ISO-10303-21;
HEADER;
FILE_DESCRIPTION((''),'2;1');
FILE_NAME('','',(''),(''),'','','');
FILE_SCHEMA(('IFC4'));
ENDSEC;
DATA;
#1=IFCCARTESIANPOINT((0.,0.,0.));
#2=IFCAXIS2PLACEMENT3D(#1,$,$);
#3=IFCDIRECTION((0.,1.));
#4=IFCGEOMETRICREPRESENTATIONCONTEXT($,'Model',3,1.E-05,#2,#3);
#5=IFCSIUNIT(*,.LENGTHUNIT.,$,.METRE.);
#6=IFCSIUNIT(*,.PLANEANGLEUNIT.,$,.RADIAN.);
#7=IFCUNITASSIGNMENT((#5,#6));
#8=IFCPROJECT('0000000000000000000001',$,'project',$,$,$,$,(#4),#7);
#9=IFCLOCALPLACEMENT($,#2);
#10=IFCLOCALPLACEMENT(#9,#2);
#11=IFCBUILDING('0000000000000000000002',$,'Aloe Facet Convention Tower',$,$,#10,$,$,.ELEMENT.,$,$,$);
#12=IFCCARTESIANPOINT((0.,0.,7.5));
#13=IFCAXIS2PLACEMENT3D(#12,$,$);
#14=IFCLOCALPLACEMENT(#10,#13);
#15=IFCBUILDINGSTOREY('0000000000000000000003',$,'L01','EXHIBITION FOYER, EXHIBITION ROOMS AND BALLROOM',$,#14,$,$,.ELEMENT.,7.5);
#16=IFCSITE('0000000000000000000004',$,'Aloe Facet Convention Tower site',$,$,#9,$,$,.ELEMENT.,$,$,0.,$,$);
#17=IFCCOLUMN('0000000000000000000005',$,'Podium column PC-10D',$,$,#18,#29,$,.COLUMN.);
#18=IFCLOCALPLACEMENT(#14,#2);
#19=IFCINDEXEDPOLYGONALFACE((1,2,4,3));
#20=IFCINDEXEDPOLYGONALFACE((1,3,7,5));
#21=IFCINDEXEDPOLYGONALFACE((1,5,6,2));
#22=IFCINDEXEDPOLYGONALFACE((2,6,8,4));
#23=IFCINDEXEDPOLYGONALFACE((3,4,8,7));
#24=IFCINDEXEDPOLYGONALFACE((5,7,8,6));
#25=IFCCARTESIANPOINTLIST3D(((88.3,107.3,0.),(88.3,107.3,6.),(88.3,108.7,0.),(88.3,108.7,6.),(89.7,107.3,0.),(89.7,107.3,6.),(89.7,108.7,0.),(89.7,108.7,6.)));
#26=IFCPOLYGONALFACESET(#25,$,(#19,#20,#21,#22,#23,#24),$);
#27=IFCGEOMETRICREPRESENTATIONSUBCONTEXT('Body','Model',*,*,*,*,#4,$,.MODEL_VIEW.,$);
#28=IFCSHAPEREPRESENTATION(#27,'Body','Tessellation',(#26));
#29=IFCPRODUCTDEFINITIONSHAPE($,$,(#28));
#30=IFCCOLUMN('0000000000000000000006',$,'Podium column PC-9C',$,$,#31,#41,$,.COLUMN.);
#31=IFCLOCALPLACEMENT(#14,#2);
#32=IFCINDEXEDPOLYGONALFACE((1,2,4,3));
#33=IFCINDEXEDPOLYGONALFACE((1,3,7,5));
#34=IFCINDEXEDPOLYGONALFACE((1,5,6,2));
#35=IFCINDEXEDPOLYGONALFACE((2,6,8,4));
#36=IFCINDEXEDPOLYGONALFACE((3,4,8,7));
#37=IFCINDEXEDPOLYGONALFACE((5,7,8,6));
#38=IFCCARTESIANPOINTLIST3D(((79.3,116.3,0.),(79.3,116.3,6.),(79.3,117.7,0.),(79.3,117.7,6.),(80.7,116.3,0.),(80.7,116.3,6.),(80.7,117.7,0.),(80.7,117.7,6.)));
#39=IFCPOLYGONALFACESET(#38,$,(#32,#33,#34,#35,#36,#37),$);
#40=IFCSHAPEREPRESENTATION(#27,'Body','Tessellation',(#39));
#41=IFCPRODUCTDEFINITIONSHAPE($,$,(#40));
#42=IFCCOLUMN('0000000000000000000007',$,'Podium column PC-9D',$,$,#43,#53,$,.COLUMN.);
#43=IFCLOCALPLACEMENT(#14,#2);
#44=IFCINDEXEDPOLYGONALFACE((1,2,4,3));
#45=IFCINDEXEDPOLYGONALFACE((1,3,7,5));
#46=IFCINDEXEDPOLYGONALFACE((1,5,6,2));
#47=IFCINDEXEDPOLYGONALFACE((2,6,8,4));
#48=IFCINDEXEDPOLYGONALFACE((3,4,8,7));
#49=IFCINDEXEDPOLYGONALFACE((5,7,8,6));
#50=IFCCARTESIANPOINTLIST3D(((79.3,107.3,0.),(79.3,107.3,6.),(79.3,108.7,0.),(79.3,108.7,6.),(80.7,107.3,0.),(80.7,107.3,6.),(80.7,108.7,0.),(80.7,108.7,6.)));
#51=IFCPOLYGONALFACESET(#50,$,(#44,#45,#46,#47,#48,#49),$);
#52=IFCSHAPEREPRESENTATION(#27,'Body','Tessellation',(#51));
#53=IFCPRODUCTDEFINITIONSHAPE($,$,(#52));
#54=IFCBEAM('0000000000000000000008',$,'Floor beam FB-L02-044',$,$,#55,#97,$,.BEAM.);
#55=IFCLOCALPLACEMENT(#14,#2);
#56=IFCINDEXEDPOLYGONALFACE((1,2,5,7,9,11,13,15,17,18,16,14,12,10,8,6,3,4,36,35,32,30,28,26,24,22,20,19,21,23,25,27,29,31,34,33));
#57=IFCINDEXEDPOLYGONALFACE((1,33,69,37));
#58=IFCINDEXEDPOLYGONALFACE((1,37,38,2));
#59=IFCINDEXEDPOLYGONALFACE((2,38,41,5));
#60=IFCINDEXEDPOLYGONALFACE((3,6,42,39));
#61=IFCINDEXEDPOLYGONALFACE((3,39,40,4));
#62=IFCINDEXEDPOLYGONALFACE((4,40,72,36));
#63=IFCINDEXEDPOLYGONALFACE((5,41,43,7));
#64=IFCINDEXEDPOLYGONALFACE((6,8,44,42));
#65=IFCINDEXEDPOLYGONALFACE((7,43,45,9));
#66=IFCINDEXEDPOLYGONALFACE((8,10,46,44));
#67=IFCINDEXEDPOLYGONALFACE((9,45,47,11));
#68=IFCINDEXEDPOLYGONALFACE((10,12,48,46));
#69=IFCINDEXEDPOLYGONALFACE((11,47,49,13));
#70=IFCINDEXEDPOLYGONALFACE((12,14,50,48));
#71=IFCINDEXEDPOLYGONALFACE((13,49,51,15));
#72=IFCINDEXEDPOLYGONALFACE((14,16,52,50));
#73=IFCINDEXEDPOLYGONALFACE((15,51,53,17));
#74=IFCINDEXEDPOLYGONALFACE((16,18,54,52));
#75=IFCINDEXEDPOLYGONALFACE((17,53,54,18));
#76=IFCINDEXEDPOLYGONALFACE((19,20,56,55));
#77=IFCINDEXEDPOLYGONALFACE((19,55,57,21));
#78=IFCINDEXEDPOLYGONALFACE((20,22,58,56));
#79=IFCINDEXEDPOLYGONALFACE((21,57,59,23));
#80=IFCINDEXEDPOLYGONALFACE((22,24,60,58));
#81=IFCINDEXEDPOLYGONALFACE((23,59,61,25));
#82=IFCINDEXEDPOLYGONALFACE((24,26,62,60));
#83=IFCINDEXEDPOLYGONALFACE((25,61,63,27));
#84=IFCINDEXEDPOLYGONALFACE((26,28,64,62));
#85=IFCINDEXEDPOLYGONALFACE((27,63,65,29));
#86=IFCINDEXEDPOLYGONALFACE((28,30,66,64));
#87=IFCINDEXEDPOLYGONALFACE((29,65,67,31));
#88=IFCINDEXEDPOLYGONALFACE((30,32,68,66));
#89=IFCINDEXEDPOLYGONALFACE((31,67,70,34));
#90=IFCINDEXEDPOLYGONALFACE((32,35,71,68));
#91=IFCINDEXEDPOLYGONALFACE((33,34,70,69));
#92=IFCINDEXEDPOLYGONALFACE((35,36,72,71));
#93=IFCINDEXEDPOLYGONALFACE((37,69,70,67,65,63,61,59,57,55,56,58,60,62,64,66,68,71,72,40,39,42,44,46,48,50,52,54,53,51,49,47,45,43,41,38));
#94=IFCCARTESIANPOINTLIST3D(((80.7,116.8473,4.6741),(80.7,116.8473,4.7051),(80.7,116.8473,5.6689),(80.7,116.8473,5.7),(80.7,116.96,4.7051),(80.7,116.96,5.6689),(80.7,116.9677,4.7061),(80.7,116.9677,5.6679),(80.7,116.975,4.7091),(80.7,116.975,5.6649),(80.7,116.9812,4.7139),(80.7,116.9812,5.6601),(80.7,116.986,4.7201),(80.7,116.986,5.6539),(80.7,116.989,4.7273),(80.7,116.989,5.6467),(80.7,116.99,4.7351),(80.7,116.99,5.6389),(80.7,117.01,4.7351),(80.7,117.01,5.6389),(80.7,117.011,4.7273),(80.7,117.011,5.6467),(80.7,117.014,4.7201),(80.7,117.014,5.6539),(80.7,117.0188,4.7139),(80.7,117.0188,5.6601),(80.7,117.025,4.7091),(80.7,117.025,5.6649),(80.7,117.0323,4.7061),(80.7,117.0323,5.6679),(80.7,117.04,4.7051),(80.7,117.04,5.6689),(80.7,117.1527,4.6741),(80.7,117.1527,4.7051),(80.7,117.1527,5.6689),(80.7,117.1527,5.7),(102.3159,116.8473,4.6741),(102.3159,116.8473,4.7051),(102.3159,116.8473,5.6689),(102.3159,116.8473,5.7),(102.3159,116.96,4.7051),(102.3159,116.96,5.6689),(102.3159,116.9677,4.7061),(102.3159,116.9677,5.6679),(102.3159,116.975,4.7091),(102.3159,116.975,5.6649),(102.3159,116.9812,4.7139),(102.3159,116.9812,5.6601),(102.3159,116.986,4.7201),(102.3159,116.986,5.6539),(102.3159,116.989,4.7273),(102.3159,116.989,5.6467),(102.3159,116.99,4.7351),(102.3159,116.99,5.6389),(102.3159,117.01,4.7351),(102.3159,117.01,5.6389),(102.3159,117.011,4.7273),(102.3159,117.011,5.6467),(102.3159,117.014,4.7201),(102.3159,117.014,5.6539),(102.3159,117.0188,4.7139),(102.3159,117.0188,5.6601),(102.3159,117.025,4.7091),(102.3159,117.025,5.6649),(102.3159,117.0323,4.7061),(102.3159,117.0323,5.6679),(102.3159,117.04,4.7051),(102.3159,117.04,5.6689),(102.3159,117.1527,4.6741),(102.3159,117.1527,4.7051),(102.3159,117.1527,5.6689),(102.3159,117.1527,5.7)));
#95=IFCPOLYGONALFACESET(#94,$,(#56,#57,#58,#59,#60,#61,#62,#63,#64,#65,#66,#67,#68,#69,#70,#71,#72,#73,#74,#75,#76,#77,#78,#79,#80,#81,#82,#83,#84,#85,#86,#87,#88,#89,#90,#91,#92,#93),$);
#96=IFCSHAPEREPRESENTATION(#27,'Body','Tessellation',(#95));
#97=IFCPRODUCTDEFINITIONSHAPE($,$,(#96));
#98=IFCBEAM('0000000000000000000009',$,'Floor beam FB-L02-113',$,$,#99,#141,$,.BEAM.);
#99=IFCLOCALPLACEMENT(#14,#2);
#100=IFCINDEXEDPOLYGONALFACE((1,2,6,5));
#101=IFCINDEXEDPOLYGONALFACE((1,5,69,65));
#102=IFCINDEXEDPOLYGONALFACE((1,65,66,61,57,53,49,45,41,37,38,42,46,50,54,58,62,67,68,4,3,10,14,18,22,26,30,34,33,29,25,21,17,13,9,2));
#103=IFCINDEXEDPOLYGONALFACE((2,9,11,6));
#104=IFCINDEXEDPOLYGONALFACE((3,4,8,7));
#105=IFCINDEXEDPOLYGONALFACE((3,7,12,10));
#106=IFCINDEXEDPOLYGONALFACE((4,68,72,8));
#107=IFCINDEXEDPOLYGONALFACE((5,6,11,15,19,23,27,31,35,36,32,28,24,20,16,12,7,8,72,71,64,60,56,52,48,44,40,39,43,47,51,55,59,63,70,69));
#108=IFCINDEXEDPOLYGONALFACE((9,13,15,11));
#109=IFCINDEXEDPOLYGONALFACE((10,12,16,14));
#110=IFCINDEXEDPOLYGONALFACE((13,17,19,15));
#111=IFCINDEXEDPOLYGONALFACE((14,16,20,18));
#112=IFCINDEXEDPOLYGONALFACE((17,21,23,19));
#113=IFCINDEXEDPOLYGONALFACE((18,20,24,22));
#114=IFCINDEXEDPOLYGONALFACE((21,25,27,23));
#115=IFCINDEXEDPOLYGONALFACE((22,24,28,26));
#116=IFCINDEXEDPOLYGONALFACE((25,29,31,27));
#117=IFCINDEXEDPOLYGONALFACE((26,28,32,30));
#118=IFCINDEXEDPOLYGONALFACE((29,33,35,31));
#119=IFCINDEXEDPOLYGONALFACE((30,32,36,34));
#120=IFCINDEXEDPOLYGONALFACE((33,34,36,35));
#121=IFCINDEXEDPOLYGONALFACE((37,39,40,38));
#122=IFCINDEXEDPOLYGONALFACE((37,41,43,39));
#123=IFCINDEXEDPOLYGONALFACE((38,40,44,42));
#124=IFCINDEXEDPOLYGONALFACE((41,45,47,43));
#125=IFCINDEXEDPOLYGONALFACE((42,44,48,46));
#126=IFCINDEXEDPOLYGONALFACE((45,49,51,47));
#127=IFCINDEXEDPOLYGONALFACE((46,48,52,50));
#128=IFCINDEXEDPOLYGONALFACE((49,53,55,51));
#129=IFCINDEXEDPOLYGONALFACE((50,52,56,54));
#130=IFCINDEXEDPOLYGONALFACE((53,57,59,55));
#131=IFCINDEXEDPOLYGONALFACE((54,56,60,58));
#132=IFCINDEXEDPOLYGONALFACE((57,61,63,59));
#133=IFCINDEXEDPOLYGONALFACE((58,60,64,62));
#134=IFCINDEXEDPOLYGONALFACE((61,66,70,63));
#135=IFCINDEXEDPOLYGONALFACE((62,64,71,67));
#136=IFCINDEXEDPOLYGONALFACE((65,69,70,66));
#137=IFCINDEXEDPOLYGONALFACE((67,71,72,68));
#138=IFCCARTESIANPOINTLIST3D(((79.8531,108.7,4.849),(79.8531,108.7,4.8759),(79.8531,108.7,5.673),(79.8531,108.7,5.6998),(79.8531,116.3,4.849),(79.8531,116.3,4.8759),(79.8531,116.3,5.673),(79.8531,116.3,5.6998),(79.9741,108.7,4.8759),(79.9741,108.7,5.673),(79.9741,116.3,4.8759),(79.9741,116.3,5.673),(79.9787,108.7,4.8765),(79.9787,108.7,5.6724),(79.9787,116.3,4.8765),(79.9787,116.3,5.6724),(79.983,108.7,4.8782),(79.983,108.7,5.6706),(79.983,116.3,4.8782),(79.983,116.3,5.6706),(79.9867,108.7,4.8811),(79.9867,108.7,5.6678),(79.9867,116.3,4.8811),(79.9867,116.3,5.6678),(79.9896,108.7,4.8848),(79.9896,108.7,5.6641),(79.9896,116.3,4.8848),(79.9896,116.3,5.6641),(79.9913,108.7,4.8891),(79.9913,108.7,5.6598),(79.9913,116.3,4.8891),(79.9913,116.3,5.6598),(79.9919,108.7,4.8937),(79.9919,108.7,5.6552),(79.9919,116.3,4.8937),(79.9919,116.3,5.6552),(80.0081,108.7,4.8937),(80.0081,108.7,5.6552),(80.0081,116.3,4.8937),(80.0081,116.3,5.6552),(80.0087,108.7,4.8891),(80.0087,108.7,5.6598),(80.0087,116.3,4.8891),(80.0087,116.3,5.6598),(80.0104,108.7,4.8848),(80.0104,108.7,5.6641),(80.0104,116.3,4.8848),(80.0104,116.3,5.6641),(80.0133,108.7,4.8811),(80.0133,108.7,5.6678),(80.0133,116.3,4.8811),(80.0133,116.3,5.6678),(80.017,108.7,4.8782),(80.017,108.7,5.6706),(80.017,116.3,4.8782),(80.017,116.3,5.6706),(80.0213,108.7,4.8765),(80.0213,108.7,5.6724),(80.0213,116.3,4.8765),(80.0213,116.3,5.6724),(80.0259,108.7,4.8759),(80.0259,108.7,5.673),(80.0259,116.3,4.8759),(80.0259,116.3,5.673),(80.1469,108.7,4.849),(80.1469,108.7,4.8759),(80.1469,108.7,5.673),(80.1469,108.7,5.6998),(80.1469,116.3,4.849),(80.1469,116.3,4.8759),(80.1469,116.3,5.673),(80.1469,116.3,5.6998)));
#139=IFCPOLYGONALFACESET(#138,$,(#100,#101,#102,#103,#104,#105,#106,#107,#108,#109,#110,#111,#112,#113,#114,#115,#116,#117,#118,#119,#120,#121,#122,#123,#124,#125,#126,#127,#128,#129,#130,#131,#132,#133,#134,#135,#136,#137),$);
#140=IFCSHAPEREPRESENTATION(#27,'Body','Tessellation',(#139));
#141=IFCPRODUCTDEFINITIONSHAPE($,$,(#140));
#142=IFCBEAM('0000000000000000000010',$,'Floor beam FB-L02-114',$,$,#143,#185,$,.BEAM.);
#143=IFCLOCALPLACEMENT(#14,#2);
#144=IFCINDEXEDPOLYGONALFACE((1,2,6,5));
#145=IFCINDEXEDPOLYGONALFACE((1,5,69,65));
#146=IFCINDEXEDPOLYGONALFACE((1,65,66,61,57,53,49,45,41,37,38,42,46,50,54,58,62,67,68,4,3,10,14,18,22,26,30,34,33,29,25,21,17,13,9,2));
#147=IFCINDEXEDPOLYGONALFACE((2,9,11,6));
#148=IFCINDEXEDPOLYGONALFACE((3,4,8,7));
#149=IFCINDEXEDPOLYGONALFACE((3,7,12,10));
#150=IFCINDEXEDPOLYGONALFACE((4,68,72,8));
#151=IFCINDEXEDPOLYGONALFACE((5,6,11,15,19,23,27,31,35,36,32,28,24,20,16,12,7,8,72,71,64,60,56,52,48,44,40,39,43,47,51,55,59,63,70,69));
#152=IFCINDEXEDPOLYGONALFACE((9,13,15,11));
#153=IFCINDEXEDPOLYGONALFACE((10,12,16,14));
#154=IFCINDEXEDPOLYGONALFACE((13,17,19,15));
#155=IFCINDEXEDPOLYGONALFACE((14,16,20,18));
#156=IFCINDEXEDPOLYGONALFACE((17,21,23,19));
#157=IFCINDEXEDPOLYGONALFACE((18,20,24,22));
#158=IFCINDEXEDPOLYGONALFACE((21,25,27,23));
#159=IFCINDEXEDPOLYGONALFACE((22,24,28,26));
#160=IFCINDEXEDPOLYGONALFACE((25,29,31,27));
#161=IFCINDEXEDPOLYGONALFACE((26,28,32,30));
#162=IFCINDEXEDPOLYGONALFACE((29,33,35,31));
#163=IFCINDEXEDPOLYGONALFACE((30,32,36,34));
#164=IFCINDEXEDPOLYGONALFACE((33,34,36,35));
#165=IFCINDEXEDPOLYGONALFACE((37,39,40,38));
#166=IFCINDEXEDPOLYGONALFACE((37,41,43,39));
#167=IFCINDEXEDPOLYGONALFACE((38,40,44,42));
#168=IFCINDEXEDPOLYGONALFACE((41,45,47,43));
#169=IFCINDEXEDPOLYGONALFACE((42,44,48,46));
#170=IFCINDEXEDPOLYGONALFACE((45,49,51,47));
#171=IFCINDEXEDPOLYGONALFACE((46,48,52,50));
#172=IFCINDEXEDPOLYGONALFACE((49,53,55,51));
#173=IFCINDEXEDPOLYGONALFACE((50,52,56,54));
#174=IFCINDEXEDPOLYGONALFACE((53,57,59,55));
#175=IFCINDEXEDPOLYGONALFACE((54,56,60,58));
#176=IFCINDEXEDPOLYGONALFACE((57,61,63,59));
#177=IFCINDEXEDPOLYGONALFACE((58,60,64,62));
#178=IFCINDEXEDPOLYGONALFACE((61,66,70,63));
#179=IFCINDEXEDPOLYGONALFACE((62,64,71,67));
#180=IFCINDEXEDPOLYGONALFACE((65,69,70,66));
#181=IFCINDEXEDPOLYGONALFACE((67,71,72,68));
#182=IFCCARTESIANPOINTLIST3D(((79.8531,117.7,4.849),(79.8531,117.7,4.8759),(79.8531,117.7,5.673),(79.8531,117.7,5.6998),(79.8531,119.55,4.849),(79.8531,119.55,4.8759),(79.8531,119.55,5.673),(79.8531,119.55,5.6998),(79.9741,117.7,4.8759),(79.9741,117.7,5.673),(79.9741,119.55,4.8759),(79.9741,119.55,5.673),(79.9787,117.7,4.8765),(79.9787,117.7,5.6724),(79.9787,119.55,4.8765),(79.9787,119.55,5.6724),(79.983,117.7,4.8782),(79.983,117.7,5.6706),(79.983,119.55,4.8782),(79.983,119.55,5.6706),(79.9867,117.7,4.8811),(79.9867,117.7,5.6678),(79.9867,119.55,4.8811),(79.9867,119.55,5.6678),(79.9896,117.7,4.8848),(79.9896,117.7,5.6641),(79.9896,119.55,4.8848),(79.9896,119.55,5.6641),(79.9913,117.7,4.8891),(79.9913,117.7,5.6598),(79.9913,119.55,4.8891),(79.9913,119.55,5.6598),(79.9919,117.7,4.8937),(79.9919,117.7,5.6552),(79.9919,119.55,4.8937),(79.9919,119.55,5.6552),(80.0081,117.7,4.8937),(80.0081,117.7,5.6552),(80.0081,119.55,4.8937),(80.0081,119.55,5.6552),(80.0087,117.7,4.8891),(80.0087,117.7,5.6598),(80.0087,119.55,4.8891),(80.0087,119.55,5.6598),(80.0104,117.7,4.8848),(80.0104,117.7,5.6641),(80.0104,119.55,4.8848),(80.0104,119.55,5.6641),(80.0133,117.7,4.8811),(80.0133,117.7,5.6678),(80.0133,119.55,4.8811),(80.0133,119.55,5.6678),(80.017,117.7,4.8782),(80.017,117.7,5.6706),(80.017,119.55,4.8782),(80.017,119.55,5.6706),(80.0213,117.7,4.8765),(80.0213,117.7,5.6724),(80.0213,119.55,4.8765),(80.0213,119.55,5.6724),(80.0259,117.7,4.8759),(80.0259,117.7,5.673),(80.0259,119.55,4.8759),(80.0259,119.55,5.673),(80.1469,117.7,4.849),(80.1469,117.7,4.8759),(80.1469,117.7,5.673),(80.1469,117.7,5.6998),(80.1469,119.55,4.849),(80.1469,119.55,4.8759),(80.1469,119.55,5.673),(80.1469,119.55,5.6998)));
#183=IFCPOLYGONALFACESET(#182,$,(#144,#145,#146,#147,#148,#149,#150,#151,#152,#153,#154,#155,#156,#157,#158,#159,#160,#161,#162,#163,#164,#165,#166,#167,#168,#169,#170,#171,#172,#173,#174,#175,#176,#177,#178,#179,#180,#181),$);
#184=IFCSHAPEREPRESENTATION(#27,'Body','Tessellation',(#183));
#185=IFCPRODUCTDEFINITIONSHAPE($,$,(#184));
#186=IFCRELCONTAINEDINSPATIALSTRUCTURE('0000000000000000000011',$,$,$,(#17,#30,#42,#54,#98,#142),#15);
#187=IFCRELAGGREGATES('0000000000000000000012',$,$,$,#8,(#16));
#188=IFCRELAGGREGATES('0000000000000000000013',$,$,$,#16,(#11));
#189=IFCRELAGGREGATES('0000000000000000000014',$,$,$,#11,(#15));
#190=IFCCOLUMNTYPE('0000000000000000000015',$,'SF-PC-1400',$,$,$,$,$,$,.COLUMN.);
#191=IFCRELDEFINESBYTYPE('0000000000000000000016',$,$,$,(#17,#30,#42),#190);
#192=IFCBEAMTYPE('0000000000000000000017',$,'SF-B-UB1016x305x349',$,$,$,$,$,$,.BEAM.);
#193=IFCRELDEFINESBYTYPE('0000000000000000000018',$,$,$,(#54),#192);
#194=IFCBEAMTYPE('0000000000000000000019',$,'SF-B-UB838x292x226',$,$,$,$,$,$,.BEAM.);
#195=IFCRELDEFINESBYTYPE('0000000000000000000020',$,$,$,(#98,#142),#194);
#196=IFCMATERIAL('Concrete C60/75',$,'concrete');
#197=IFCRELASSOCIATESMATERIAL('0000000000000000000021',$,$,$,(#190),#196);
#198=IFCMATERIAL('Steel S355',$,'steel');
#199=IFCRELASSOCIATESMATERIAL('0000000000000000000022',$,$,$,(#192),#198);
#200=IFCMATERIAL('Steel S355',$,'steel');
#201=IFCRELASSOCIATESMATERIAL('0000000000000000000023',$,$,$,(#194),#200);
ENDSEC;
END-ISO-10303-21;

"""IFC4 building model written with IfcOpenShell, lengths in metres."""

from ifc_helpers import new_model, si_unit, direction, frame, origin, origin_2d, place, context, subcontext, project, spatial, rectangle, i_section, extrude, material, material_profile, profile_set, type_object, element, save


model = new_model("IFC4")

# Units and contexts
model_context = context("Model", 3, precision=1e-05, world=origin(), true_north=direction((0.0, 1.0)))
body_context = subcontext(model_context, "Body", "Model", "MODEL_VIEW")
ifc_project = project(units=[si_unit("LENGTHUNIT", "METRE"), si_unit("PLANEANGLEUNIT", "RADIAN")], contexts=[model_context])

# Site, building, storey
site_placement = place(None, origin())
site = spatial("IfcSite", under=ifc_project, at=site_placement, Name="Aloe Facet Convention Tower site", CompositionType="ELEMENT", RefElevation=0.0)
building_placement = place(site_placement, origin())
building = spatial("IfcBuilding", under=site, at=building_placement, Name="Aloe Facet Convention Tower", CompositionType="ELEMENT")
storey_placement = place(building_placement, frame((0.0, 0.0, 7.5)))
storey = spatial("IfcBuildingStorey", under=building, at=storey_placement, Name="L01", Description="EXHIBITION FOYER, EXHIBITION ROOMS AND BALLROOM", CompositionType="ELEMENT", Elevation=7.5)

# Columns
ifc_material_1 = material(Name="Concrete C60/75", Category="concrete")
ifc_material_profile_1 = material_profile(ifc_material_1, rectangle(XDim=1.3999, YDim=1.3999, at=origin_2d()), Name="SF-PC-1400")
ifc_profile_set_1 = profile_set([ifc_material_profile_1], Name="Concrete C60/75")
column_type = type_object("IfcColumnType", Name="SF-PC-1400", PredefinedType="COLUMN", material=ifc_profile_set_1)
for number, where, z_axis, x_axis, name in (
    (1, (89.0, 108.0, 0.0), (0.0, 0.0, 1.0), (1.0, 0.0, 0.0), "Podium column PC-10D"),
    (2, (80.0, 117.0, 0.0), (0.0, 0.0, 1.0), (1.0, 0.0, 0.0), "Podium column PC-9C"),
    (3, (80.0, 108.0, 0.0), (0.0, 0.0, 1.0), (1.0, 0.0, 0.0), "Podium column PC-9D"),
):
    element("IfcColumn", number, at=place(storey_placement, frame(where, z_axis=z_axis, x_axis=x_axis)), inside=storey, type_object=column_type, Name=name, PredefinedType="COLUMN", context=body_context, shape_type="SweptSolid", body=[
        extrude(rectangle(XDim=1.3999, YDim=1.3999, at=origin_2d()), origin(), (0.0, 0.0, 1.0), 6.0),
    ])

# Beams
ifc_material_2 = material(Name="Steel S355", Category="steel")
ifc_material_profile_2 = material_profile(ifc_material_2, i_section(OverallWidth=0.3054, OverallDepth=1.0259, WebThickness=0.02, FlangeThickness=0.031, FilletRadius=0.03, at=origin_2d()), Name="UB 1016x305x349")
ifc_profile_set_2 = profile_set([ifc_material_profile_2], Name="Steel S355")
beam_type_1 = type_object("IfcBeamType", Name="SF-B-UB1016x305x349", PredefinedType="BEAM", material=ifc_profile_set_2)
beam_1_placement = place(storey_placement, frame((80.7, 117.0, 5.187), z_axis=(1.0, 0.0, 0.0), x_axis=(0.0, 1.0, 0.0)))
element("IfcBeam", 4, at=beam_1_placement, inside=storey, type_object=beam_type_1, Name="Floor beam FB-L02-044", PredefinedType="BEAM", context=body_context, shape_type="SweptSolid", body=[
    extrude(i_section(OverallWidth=0.3054, OverallDepth=1.0259, WebThickness=0.02, FlangeThickness=0.031, FilletRadius=0.03, at=origin_2d()), origin(), (0.0, 0.0, 1.0), 21.616),
])
ifc_material_3 = material(Name="Steel S355", Category="steel")
ifc_material_profile_3 = material_profile(ifc_material_3, i_section(OverallWidth=0.2937, OverallDepth=0.8508, WebThickness=0.0161, FlangeThickness=0.0269, FilletRadius=0.0178, at=origin_2d()), Name="UB 838x292x226")
ifc_profile_set_3 = profile_set([ifc_material_profile_3], Name="Steel S355")
beam_type_2 = type_object("IfcBeamType", Name="SF-B-UB838x292x226", PredefinedType="BEAM", material=ifc_profile_set_3)
beam_2_placement = place(storey_placement, frame((80.0, 108.7, 5.2744), z_axis=(0.0, 1.0, 0.0), x_axis=(-1.0, 0.0, 0.0)))
element("IfcBeam", 5, at=beam_2_placement, inside=storey, type_object=beam_type_2, Name="Floor beam FB-L02-113", PredefinedType="BEAM", context=body_context, shape_type="SweptSolid", body=[
    extrude(i_section(OverallWidth=0.2937, OverallDepth=0.8508, WebThickness=0.0161, FlangeThickness=0.0269, FilletRadius=0.0178, at=origin_2d()), origin(), (0.0, 0.0, 1.0), 7.6001),
])
beam_3_placement = place(storey_placement, frame((80.0, 117.7, 5.2744), z_axis=(0.0, 1.0, 0.0), x_axis=(-1.0, 0.0, 0.0)))
element("IfcBeam", 6, at=beam_3_placement, inside=storey, type_object=beam_type_2, Name="Floor beam FB-L02-114", PredefinedType="BEAM", context=body_context, shape_type="SweptSolid", body=[
    extrude(i_section(OverallWidth=0.2937, OverallDepth=0.8508, WebThickness=0.0161, FlangeThickness=0.0269, FilletRadius=0.0178, at=origin_2d()), origin(), (0.0, 0.0, 1.0), 1.8501),
])

save(model, "model.ifc")
